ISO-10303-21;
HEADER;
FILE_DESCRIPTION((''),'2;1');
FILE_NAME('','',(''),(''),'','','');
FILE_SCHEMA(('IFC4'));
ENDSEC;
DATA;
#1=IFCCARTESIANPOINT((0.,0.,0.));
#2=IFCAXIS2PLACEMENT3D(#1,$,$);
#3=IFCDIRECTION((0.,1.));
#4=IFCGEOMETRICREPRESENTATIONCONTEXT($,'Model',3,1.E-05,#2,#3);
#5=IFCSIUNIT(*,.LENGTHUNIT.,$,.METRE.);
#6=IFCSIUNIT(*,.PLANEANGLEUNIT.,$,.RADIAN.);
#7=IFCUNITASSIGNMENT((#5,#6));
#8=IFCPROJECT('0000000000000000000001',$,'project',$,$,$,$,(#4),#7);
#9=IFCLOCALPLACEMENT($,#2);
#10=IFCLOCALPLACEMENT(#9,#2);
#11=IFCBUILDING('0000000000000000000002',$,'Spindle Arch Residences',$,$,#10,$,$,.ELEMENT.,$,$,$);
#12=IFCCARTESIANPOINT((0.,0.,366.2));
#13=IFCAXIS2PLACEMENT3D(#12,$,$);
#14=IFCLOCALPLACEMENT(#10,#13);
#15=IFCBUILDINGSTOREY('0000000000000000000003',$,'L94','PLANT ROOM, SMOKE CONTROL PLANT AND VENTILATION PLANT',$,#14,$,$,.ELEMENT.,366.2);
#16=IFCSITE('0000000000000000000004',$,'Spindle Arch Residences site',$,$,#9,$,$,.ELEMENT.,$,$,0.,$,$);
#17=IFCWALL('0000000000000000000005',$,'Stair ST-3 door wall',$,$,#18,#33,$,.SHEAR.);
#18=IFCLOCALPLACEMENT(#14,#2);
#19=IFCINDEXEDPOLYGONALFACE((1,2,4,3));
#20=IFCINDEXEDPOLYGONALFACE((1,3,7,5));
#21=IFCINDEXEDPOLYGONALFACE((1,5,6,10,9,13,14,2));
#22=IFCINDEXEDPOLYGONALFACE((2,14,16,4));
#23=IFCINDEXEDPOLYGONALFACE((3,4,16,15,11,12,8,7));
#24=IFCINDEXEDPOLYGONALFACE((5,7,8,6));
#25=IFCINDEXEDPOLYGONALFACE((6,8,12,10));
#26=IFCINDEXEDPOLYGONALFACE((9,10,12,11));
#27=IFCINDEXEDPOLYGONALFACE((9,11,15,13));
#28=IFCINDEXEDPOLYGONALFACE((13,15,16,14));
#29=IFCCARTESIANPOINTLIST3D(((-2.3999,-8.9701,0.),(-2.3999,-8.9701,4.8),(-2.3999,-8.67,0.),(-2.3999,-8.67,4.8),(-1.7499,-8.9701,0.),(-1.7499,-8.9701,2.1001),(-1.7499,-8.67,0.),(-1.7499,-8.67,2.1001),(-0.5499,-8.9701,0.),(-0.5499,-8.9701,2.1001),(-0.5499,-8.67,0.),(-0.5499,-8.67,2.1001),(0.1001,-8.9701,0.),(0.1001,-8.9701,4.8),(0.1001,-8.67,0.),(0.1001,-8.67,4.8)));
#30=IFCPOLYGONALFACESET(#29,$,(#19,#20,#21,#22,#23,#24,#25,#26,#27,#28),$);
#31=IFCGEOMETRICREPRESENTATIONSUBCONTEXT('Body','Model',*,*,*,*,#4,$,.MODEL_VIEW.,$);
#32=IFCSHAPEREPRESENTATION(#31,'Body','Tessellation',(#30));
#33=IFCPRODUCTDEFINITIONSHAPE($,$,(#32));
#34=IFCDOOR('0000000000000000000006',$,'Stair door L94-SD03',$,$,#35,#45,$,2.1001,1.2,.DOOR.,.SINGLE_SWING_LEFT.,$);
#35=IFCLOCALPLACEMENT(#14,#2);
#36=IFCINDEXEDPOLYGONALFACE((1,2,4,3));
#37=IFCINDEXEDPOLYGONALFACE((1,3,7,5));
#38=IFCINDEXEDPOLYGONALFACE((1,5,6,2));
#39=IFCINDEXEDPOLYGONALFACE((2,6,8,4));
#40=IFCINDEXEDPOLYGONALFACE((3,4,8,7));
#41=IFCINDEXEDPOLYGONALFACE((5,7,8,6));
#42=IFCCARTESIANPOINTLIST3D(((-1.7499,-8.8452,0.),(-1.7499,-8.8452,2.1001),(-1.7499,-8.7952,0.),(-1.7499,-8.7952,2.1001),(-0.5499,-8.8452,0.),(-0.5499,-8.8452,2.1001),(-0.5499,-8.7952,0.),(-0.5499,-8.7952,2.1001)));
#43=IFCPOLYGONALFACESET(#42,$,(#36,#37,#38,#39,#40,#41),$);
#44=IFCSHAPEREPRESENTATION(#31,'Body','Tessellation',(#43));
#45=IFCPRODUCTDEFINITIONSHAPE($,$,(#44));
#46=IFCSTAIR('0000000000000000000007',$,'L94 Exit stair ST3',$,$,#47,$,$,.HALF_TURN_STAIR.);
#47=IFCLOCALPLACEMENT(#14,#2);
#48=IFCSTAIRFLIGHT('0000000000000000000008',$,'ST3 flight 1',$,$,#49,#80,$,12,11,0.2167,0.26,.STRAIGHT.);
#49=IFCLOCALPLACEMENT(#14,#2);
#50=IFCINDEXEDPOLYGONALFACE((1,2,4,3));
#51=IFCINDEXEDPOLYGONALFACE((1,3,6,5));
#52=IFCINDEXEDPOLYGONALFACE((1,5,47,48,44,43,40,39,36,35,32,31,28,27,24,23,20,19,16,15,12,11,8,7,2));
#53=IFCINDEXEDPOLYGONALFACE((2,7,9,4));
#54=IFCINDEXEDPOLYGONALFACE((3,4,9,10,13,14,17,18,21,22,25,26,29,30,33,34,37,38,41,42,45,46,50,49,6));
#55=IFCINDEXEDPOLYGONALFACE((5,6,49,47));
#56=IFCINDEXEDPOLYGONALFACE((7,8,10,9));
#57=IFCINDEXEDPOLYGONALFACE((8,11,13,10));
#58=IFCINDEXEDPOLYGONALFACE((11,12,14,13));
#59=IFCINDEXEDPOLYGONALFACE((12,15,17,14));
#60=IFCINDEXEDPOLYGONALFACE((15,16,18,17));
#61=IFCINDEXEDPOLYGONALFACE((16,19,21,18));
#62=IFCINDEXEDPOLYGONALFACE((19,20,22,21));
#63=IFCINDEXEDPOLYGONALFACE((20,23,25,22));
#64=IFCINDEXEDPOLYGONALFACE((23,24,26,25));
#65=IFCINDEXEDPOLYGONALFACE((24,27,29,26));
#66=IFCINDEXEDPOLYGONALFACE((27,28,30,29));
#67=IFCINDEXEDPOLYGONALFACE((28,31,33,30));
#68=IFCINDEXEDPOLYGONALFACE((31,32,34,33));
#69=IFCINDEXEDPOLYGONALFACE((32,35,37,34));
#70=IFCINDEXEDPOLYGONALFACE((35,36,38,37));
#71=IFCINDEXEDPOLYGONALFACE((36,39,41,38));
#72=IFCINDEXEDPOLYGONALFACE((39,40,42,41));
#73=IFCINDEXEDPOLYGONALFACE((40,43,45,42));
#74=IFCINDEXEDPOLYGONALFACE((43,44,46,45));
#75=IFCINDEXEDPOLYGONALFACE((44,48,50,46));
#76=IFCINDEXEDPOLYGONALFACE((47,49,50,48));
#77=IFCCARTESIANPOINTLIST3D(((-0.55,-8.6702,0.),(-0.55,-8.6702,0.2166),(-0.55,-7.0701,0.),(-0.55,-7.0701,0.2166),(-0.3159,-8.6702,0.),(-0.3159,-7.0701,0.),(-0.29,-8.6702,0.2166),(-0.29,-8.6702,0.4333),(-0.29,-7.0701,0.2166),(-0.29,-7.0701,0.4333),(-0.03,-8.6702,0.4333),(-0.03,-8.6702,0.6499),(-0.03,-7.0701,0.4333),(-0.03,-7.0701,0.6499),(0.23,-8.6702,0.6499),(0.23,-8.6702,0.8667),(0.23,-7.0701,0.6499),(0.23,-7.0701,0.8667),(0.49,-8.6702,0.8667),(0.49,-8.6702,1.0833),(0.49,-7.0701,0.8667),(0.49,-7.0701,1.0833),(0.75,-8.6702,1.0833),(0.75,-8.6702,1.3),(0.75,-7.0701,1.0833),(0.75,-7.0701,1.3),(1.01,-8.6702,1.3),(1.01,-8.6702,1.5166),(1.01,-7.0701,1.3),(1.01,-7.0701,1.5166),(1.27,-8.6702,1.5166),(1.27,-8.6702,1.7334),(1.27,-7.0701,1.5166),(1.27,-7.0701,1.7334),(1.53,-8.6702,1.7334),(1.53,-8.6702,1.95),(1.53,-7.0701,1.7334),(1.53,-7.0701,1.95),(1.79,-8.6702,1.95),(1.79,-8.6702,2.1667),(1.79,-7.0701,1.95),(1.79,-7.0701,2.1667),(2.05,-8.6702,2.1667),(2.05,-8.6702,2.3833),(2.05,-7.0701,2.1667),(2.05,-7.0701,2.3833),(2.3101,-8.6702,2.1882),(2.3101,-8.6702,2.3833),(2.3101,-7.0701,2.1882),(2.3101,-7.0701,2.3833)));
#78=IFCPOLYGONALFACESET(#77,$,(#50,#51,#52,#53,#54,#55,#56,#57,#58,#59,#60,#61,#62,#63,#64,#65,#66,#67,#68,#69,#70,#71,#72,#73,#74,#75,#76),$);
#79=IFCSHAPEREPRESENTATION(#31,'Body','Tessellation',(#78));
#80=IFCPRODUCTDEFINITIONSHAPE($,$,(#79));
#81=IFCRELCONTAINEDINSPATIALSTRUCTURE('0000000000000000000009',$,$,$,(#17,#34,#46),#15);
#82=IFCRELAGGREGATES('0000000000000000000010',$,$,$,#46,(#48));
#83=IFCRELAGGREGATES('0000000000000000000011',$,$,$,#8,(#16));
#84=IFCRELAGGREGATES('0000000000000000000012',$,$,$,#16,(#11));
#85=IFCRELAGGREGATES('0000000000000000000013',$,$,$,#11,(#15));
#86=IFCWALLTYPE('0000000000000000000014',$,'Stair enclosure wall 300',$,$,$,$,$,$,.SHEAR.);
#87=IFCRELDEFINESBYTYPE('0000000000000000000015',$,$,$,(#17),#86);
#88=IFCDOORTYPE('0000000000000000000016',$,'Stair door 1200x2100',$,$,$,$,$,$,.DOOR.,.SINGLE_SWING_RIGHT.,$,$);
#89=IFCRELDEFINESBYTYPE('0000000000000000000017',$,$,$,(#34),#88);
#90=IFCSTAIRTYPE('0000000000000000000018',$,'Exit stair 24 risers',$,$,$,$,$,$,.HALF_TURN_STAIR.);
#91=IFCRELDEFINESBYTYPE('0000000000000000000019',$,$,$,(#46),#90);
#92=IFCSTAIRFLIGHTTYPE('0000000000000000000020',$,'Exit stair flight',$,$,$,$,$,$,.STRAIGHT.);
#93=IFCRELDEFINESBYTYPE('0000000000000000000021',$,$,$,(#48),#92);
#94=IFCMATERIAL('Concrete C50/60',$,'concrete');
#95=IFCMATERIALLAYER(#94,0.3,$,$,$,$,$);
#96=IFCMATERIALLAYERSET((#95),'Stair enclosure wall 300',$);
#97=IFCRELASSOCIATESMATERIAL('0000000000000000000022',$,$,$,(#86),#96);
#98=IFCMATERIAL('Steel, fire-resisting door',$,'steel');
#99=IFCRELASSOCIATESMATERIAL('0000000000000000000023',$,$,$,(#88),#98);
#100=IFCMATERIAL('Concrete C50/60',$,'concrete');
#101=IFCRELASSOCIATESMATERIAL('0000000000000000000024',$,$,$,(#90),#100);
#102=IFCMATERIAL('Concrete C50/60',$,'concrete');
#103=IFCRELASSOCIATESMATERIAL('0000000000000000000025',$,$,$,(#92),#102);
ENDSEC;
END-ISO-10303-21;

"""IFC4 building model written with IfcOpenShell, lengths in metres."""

from ifc_helpers import new_model, si_unit, direction, frame, frame_2d, origin, place, context, subcontext, project, spatial, polyline, rectangle, outline, extrude, material, layer, layer_set, type_object, element, fill, aggregate, save


model = new_model("IFC4")

# Units and contexts
model_context = context("Model", 3, precision=1e-05, world=origin(), true_north=direction((0.0, 1.0)))
body_context = subcontext(model_context, "Body", "Model", "MODEL_VIEW")
ifc_project = project(units=[si_unit("LENGTHUNIT", "METRE"), si_unit("PLANEANGLEUNIT", "RADIAN")], contexts=[model_context])

# Site, building, storey
site_placement = place(None, origin())
site = spatial("IfcSite", under=ifc_project, at=site_placement, Name="Spindle Arch Residences site", CompositionType="ELEMENT", RefElevation=0.0)
building_placement = place(site_placement, origin())
building = spatial("IfcBuilding", under=site, at=building_placement, Name="Spindle Arch Residences", CompositionType="ELEMENT")
storey_placement = place(building_placement, frame((0.0, 0.0, 366.2)))
storey = spatial("IfcBuildingStorey", under=building, at=storey_placement, Name="L94", Description="PLANT ROOM, SMOKE CONTROL PLANT AND VENTILATION PLANT", CompositionType="ELEMENT", Elevation=366.2)

# Shared definitions
ifc_material_1 = material(Name="Concrete C50/60", Category="concrete")
ifc_layer_1 = layer(ifc_material_1, 0.3)
ifc_layer_set_1 = layer_set([ifc_layer_1], Name="Stair enclosure wall 300")
wall_type_1 = type_object("IfcWallType", Name="Stair enclosure wall 300", PredefinedType="SHEAR", material=ifc_layer_set_1)

# Wall, opening, door
wall_1_placement = place(storey_placement, frame((-2.3999, -8.8201, 0.0), z_axis=(0.0, 0.0, 1.0), x_axis=(1.0, 0.0, 0.0)))
wall_1 = element("IfcWall", 1, at=wall_1_placement, inside=storey, type_object=wall_type_1, Name="Stair ST-3 door wall", PredefinedType="SHEAR", context=body_context, shape_type="SweptSolid", body=[
    extrude(rectangle(XDim=2.5, YDim=0.3, at=frame_2d((1.25, 0.0))), origin(), (0.0, 0.0, 1.0), 4.8),
])
opening_1_placement = place(wall_1_placement, frame((0.6499, 0.0, 0.0)))
opening_1 = element("IfcOpeningElement", 2, at=opening_1_placement, cuts=wall_1, PredefinedType="OPENING", context=body_context, shape_type="SweptSolid", body=[
    extrude(rectangle(XDim=1.2, YDim=2.1001, at=frame_2d((0.6001, 1.05))), frame((0.0, 0.1602, 0.0), z_axis=(0.0, -1.0, 0.0), x_axis=(1.0, 0.0, 0.0)), (0.0, 0.0, 1.0), 0.3201),
])
ifc_material_2 = material(Name="Steel, fire-resisting door", Category="steel")
door_type_1 = type_object("IfcDoorType", Name="Stair door 1200x2100", OperationType="SINGLE_SWING_RIGHT", PredefinedType="DOOR", material=ifc_material_2)
door_1_placement = place(opening_1_placement, origin())
door_1 = element("IfcDoor", 3, at=door_1_placement, inside=storey, type_object=door_type_1, Name="Stair door L94-SD03", OperationType="SINGLE_SWING_LEFT", OverallHeight=2.1001, OverallWidth=1.2, PredefinedType="DOOR", context=body_context, shape_type="SweptSolid", body=[
    extrude(rectangle(XDim=1.2, YDim=2.1001, at=frame_2d((0.6001, 1.05))), frame((0.0, 0.0249, 0.0), z_axis=(0.0, -1.0, 0.0), x_axis=(1.0, 0.0, 0.0)), (0.0, 0.0, 1.0), 0.05),
])
fill(opening_1, door_1)

# Stair, stair flight
ifc_material_3 = material(Name="Concrete C50/60", Category="concrete")
stair_type = type_object("IfcStairType", Name="Exit stair 24 risers", PredefinedType="HALF_TURN_STAIR", material=ifc_material_3)
stair_placement = place(storey_placement, origin())
stair = element("IfcStair", 4, at=stair_placement, inside=storey, type_object=stair_type, Name="L94 Exit stair ST3", PredefinedType="HALF_TURN_STAIR")
ifc_material_4 = material(Name="Concrete C50/60", Category="concrete")
stair_flight_type = type_object("IfcStairFlightType", Name="Exit stair flight", PredefinedType="STRAIGHT", material=ifc_material_4)
stair_flight_placement = place(storey_placement, frame((-0.55, -7.8701, 0.0), z_axis=(0.0, 0.0, 1.0), x_axis=(1.0, 0.0, 0.0)))
stair_flight = element("IfcStairFlight", 5, at=stair_flight_placement, type_object=stair_flight_type, Name="ST3 flight 1", NumberOfRisers=12, NumberOfTreads=11, PredefinedType="STRAIGHT", RiserHeight=0.2167, TreadLength=0.26, context=body_context, shape_type="SweptSolid", body=[
    extrude(outline(polyline([(0.0, 0.0), (0.0, 0.2166), (0.26, 0.2166), (0.26, 0.4333), (0.52, 0.4333), (0.52, 0.6499), (0.78, 0.6499), (0.78, 0.8667), (1.04, 0.8667), (1.04, 1.0833), (1.3, 1.0833), (1.3, 1.3), (1.5601, 1.3), (1.5601, 1.5166), (1.8201, 1.5166), (1.8201, 1.7334), (2.0801, 1.7334), (2.0801, 1.95), (2.3401, 1.95), (2.3401, 2.1667), (2.6001, 2.1667), (2.6001, 2.3833), (2.8601, 2.3833), (2.8601, 2.6001), (2.8601, 2.1882), (0.2341, 0.0), (0.0, 0.0)])), frame((0.0, 0.8, 0.0), z_axis=(0.0, -1.0, 0.0), x_axis=(1.0, 0.0, 0.0)), (0.0, 0.0, 1.0), 1.6001),
])
aggregate(stair, [stair_flight])

save(model, "model.ifc")
